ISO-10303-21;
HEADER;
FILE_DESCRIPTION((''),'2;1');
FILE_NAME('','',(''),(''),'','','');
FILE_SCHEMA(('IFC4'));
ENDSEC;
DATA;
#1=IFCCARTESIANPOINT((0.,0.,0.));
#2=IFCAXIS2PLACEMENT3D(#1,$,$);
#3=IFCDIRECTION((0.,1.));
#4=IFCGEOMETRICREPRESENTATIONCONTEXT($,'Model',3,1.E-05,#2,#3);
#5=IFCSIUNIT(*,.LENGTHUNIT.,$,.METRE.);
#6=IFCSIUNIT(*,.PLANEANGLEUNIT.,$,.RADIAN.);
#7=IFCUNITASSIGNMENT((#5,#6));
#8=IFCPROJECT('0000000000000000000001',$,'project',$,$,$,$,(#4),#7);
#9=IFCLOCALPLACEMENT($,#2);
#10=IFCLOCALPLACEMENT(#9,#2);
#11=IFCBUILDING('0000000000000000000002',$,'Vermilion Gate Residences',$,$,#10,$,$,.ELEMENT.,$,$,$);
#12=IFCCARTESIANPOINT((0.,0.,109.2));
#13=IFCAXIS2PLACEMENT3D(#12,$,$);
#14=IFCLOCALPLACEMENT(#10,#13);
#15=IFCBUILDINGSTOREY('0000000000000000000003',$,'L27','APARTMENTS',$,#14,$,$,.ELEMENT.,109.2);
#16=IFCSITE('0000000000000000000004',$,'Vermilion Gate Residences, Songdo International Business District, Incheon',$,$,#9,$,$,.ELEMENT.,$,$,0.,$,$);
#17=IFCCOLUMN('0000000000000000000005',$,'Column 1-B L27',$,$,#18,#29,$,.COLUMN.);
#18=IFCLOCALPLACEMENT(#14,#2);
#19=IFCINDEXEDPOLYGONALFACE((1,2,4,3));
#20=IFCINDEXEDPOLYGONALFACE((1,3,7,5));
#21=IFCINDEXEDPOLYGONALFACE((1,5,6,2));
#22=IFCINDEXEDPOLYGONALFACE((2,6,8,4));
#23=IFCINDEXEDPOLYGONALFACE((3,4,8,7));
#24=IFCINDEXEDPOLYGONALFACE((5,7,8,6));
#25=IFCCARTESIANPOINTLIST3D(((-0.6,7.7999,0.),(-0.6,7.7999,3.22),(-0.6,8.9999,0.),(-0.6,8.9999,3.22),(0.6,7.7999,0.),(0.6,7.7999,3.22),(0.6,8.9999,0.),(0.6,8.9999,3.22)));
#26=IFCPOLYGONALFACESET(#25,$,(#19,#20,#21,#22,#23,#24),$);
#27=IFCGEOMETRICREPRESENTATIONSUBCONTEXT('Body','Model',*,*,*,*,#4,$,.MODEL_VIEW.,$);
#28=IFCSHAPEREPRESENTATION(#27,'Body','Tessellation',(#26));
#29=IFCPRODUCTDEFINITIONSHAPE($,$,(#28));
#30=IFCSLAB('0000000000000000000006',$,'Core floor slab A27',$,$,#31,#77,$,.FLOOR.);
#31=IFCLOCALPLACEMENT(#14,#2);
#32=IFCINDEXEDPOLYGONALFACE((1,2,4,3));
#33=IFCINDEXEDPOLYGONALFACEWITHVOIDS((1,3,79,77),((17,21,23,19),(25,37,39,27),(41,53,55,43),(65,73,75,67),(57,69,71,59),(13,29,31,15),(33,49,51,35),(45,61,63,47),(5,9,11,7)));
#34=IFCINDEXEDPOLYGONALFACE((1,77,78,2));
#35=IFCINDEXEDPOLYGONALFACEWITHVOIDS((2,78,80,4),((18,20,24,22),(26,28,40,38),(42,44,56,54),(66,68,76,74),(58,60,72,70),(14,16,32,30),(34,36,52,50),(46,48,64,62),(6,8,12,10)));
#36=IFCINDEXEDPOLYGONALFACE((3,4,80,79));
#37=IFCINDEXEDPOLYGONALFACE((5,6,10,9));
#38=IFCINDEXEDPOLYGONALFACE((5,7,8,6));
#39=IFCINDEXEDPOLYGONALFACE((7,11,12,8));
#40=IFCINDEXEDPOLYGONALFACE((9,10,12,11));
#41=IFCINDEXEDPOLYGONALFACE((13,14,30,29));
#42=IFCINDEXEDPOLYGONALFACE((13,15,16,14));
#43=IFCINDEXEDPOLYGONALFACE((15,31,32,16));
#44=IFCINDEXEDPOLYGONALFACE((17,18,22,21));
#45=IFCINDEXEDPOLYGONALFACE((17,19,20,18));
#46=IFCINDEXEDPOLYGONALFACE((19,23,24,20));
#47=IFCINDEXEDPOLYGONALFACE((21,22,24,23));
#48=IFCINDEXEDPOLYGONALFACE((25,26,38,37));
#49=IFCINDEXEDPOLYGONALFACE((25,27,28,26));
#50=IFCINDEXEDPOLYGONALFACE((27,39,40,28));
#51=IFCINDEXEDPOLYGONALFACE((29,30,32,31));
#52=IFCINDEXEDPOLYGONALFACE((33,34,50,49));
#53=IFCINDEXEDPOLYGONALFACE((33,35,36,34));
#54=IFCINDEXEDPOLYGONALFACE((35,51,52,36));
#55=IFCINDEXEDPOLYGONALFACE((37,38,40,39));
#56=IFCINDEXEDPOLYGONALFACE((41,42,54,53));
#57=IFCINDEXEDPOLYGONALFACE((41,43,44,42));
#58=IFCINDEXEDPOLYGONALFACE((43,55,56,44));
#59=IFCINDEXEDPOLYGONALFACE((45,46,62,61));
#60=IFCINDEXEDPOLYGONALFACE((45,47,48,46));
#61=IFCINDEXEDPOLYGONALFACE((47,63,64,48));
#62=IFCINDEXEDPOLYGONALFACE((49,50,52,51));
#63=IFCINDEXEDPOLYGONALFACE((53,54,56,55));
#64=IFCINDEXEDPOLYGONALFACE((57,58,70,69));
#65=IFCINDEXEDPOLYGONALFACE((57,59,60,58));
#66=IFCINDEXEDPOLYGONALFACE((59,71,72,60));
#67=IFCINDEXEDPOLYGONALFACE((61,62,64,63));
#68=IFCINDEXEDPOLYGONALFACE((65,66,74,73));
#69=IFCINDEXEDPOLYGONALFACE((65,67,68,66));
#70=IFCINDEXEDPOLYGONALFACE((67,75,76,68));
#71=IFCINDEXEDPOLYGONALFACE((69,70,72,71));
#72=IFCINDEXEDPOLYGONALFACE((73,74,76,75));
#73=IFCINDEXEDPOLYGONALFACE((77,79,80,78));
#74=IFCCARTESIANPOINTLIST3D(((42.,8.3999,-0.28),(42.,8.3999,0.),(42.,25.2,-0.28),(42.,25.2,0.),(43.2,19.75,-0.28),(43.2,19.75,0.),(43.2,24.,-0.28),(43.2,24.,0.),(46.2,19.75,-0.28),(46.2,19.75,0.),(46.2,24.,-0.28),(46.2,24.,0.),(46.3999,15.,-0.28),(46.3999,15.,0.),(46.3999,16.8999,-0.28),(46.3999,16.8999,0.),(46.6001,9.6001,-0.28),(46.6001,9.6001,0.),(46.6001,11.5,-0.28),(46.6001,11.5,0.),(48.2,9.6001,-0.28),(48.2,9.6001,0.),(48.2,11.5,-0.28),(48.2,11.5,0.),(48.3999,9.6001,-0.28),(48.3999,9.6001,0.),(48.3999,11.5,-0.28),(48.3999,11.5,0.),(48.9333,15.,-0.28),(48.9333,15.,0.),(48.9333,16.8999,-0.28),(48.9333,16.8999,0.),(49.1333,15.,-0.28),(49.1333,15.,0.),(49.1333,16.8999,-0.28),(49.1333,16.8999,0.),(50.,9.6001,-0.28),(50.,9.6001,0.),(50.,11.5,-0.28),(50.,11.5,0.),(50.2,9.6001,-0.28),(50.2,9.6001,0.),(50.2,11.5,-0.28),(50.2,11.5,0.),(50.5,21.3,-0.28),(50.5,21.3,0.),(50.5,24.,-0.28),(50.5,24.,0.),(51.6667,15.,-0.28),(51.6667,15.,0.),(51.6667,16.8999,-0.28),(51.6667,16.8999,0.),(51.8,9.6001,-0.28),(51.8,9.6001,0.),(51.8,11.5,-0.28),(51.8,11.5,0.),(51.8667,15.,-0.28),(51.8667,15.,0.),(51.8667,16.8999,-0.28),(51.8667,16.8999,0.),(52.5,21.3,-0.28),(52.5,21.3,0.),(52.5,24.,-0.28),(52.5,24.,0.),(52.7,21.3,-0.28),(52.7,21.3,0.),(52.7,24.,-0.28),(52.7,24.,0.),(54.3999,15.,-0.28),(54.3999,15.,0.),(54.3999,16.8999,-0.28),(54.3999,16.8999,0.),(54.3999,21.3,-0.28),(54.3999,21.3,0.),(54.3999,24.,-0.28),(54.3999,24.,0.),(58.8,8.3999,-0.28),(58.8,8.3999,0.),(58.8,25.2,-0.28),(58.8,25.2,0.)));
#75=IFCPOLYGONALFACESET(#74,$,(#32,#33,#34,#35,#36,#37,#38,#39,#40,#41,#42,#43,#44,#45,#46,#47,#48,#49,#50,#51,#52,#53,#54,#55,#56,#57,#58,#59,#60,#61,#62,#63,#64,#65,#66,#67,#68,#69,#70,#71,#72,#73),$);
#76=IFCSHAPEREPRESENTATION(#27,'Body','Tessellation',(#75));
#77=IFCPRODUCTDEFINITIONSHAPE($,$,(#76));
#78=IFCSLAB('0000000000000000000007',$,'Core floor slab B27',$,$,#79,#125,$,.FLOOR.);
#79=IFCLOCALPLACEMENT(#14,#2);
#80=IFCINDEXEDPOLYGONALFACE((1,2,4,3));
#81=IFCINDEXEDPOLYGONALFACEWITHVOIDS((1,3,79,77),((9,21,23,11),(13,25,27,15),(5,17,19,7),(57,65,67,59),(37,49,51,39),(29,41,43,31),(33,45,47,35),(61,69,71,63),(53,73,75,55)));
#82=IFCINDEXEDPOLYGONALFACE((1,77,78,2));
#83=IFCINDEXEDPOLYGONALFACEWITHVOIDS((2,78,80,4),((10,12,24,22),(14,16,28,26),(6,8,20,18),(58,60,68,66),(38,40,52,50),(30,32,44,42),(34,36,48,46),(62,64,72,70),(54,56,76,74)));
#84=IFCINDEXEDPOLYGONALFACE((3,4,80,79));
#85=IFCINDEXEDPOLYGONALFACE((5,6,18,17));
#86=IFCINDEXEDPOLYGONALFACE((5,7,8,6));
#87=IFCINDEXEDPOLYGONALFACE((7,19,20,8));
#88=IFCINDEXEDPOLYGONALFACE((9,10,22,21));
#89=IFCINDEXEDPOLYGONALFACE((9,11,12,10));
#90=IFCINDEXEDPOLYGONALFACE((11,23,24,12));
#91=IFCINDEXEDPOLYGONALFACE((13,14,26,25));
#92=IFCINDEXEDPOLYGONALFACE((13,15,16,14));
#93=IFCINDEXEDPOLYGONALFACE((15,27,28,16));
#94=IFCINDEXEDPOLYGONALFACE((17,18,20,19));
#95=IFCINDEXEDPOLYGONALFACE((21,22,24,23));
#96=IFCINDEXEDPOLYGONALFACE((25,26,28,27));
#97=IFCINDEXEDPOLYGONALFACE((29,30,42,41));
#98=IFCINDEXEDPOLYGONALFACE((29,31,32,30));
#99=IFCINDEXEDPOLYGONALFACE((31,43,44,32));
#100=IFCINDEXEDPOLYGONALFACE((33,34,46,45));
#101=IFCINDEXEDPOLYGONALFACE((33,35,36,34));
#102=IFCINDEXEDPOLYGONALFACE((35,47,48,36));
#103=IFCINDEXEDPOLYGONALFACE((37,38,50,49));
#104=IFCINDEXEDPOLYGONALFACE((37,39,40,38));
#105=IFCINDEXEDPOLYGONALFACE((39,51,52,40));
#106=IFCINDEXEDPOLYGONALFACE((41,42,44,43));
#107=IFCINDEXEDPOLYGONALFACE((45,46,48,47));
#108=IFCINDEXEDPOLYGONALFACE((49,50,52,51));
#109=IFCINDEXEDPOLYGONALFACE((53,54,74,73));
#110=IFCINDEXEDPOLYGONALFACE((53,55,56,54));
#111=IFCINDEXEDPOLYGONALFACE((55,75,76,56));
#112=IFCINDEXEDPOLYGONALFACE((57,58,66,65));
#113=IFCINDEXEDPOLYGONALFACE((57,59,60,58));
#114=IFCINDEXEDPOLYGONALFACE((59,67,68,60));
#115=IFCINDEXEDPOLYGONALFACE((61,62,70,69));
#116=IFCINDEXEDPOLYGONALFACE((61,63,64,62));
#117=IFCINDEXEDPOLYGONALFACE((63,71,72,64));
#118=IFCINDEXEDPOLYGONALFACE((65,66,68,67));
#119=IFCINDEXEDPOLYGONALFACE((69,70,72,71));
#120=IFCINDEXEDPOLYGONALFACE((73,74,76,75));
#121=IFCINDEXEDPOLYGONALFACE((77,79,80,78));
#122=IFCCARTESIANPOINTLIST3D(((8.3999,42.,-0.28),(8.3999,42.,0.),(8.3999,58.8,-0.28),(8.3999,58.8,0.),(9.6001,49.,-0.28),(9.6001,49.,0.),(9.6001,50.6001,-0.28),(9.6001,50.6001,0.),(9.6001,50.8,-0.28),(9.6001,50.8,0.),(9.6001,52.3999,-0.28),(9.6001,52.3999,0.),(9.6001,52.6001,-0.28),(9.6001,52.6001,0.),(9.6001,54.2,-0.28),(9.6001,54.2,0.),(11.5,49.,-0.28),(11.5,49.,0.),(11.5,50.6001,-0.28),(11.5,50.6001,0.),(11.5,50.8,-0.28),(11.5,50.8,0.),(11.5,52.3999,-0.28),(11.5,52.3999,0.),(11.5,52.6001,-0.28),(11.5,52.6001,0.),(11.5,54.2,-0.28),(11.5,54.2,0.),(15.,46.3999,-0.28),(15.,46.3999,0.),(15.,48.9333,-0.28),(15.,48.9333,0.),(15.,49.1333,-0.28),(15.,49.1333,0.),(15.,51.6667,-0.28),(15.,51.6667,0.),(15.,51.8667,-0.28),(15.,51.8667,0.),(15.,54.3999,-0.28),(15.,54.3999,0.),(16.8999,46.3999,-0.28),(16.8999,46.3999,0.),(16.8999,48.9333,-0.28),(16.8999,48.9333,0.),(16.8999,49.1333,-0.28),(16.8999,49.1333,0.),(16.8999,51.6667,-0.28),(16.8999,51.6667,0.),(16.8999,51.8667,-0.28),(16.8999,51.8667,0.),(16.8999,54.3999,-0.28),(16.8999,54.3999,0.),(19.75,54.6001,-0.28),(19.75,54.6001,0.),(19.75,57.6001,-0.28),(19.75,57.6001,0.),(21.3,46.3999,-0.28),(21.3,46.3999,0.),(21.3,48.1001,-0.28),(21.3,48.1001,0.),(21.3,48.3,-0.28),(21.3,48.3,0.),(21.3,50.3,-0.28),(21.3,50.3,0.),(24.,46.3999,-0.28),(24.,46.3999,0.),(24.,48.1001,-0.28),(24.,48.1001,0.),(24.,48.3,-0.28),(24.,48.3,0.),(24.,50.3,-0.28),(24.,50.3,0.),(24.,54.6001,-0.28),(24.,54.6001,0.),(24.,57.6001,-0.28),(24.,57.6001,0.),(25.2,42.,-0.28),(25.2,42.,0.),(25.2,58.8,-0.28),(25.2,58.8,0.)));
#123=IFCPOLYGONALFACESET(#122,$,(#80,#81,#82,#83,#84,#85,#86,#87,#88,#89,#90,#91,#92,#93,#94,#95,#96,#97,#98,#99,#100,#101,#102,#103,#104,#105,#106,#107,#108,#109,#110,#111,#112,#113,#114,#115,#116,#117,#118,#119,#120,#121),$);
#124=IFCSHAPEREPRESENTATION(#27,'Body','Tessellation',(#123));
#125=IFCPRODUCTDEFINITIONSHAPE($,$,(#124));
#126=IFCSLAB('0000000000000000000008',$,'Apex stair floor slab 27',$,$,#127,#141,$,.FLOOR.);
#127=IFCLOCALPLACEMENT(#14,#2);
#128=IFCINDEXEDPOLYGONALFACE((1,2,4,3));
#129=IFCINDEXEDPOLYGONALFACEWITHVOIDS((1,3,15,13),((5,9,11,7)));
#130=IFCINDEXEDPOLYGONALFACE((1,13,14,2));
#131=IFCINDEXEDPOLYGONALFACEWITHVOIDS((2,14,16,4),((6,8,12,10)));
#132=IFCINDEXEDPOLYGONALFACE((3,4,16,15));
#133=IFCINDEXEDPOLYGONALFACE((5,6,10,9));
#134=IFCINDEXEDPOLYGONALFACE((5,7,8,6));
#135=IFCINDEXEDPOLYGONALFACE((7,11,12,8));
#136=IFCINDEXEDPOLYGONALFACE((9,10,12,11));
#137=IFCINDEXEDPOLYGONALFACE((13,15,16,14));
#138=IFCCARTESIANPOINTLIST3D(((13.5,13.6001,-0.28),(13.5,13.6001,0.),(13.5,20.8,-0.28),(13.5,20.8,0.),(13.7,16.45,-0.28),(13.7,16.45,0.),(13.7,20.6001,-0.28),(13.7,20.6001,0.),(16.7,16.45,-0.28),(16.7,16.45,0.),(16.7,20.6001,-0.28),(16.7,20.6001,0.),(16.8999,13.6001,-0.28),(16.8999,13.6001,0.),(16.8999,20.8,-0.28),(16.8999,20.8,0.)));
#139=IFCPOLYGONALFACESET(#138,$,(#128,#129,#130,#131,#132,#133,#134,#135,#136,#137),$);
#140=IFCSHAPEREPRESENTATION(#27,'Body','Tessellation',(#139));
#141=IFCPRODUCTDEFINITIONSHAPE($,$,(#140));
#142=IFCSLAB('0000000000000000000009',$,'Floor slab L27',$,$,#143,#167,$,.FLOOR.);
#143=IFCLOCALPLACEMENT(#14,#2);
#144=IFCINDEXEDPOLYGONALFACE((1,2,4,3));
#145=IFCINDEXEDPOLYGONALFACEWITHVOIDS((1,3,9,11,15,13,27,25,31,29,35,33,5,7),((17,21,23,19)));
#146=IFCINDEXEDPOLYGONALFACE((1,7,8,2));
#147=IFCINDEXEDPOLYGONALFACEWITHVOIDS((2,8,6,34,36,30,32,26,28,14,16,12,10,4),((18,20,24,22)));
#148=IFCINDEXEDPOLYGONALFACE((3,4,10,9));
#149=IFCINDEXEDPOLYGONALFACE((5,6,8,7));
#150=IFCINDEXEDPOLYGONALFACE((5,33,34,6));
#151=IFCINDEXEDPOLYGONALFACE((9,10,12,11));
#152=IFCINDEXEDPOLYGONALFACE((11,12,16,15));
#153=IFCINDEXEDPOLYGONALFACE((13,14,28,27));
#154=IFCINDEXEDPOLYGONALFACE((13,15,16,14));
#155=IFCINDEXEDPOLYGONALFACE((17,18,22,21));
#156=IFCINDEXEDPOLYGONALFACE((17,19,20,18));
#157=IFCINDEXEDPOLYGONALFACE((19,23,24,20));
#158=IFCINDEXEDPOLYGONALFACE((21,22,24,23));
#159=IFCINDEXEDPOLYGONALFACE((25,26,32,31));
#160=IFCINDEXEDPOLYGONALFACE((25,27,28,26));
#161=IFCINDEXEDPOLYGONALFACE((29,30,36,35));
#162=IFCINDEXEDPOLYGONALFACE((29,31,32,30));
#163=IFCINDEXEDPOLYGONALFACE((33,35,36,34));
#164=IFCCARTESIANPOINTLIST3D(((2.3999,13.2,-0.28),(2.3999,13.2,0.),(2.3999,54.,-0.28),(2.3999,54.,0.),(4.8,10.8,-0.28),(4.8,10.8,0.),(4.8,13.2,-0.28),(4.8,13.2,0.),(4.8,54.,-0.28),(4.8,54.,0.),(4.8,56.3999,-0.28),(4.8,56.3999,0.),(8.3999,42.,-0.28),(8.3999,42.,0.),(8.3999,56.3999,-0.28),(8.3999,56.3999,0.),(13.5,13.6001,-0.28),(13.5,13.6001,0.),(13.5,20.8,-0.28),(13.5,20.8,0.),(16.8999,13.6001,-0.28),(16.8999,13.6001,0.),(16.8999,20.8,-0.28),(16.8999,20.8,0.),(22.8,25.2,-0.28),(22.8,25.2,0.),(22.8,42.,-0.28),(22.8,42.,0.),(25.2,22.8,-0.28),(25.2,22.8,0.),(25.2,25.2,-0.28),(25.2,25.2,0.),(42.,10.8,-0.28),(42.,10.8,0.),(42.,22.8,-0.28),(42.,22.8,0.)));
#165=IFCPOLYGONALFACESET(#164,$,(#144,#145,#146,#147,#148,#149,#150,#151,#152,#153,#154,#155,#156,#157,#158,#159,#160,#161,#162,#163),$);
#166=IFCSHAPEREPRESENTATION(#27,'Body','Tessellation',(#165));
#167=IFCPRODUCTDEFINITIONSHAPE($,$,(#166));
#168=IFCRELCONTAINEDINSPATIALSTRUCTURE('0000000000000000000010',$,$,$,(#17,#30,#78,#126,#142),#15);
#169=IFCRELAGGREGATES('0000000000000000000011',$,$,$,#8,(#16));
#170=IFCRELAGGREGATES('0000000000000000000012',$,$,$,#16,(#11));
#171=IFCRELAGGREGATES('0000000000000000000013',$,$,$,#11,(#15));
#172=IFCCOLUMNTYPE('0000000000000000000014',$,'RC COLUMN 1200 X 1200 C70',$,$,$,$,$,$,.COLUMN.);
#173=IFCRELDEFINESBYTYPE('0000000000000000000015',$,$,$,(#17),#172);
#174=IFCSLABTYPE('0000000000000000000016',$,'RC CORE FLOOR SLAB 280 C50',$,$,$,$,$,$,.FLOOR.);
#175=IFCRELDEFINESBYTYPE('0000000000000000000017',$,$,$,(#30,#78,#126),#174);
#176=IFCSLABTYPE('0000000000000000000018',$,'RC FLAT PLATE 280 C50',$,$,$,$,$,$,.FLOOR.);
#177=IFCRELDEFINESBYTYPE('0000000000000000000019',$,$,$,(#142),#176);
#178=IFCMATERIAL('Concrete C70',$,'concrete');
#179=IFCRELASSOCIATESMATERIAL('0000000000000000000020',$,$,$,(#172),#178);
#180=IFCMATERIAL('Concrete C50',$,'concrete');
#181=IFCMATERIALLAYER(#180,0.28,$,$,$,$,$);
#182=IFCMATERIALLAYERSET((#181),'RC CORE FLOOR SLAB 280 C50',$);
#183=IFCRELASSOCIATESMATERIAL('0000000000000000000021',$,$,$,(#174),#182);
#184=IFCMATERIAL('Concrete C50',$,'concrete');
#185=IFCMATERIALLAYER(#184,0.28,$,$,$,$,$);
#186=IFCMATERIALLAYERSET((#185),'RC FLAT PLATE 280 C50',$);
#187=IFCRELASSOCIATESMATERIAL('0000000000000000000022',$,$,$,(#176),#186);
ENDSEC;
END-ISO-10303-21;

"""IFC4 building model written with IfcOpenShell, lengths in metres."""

from ifc_helpers import new_model, si_unit, direction, frame, origin, origin_2d, place, context, subcontext, project, spatial, polyline, rectangle, outline, extrude, material, layer, layer_set, material_profile, profile_set, type_object, element, save


model = new_model("IFC4")

# Units and contexts
model_context = context("Model", 3, precision=1e-05, world=origin(), true_north=direction((0.0, 1.0)))
body_context = subcontext(model_context, "Body", "Model", "MODEL_VIEW")
ifc_project = project(units=[si_unit("LENGTHUNIT", "METRE"), si_unit("PLANEANGLEUNIT", "RADIAN")], contexts=[model_context])

# Site, building, storey
site_placement = place(None, origin())
site = spatial("IfcSite", under=ifc_project, at=site_placement, Name="Vermilion Gate Residences, Songdo International Business District, Incheon", CompositionType="ELEMENT", RefElevation=0.0)
building_placement = place(site_placement, origin())
building = spatial("IfcBuilding", under=site, at=building_placement, Name="Vermilion Gate Residences", CompositionType="ELEMENT")
storey_placement = place(building_placement, frame((0.0, 0.0, 109.2)))
storey = spatial("IfcBuildingStorey", under=building, at=storey_placement, Name="L27", Description="APARTMENTS", CompositionType="ELEMENT", Elevation=109.2)

# Column
ifc_material_1 = material(Name="Concrete C70", Category="concrete")
ifc_material_profile_1 = material_profile(ifc_material_1, rectangle(XDim=1.2, YDim=1.2, at=origin_2d()), Name="RC-1200x1200")
ifc_profile_set_1 = profile_set([ifc_material_profile_1], Name="Concrete C70")
column_type = type_object("IfcColumnType", Name="RC COLUMN 1200 X 1200 C70", PredefinedType="COLUMN", material=ifc_profile_set_1)
column_placement = place(storey_placement, frame((0.0, 8.3999, 0.0), z_axis=(0.0, 0.0, 1.0), x_axis=(1.0, 0.0, 0.0)))
element("IfcColumn", 1, at=column_placement, inside=storey, type_object=column_type, Name="Column 1-B L27", PredefinedType="COLUMN", context=body_context, shape_type="SweptSolid", body=[
    extrude(rectangle(XDim=1.2, YDim=1.2, at=origin_2d()), origin(), (0.0, 0.0, 1.0), 3.22),
])

# Slabs
ifc_material_2 = material(Name="Concrete C50", Category="concrete")
ifc_layer_1 = layer(ifc_material_2, 0.28)
ifc_layer_set_1 = layer_set([ifc_layer_1], Name="RC CORE FLOOR SLAB 280 C50")
slab_type_1 = type_object("IfcSlabType", Name="RC CORE FLOOR SLAB 280 C50", PredefinedType="FLOOR", material=ifc_layer_set_1)
slab_1_placement = place(storey_placement, frame((0.0, 0.0, -0.28)))
element("IfcSlab", 2, at=slab_1_placement, inside=storey, type_object=slab_type_1, Name="Core floor slab A27", PredefinedType="FLOOR", context=body_context, shape_type="SweptSolid", body=[
    extrude(outline(polyline([(42.0, 8.3999), (58.8, 8.3999), (58.8, 25.2), (42.0, 25.2), (42.0, 8.3999)]), holes=[polyline([(46.6001, 11.5), (48.2, 11.5), (48.2, 9.6001), (46.6001, 9.6001), (46.6001, 11.5)]), polyline([(48.3999, 11.5), (50.0, 11.5), (50.0, 9.6001), (48.3999, 9.6001), (48.3999, 11.5)]), polyline([(50.2, 11.5), (51.8, 11.5), (51.8, 9.6001), (50.2, 9.6001), (50.2, 11.5)]), polyline([(46.3999, 16.8999), (48.9333, 16.8999), (48.9333, 15.0), (46.3999, 15.0), (46.3999, 16.8999)]), polyline([(49.1333, 16.8999), (51.6667, 16.8999), (51.6667, 15.0), (49.1333, 15.0), (49.1333, 16.8999)]), polyline([(51.8667, 16.8999), (54.3999, 16.8999), (54.3999, 15.0), (51.8667, 15.0), (51.8667, 16.8999)]), polyline([(43.2, 24.0), (46.2, 24.0), (46.2, 19.75), (43.2, 19.75), (43.2, 24.0)]), polyline([(52.5, 24.0), (52.5, 21.3), (50.5, 21.3), (50.5, 24.0), (52.5, 24.0)]), polyline([(54.3999, 24.0), (54.3999, 21.3), (52.7, 21.3), (52.7, 24.0), (54.3999, 24.0)])]), origin(), (0.0, 0.0, 1.0), 0.28),
])
slab_2_placement = place(storey_placement, frame((0.0, 0.0, -0.28)))
element("IfcSlab", 3, at=slab_2_placement, inside=storey, type_object=slab_type_1, Name="Core floor slab B27", PredefinedType="FLOOR", context=body_context, shape_type="SweptSolid", body=[
    extrude(outline(polyline([(8.3999, 42.0), (25.2, 42.0), (25.2, 58.8), (8.3999, 58.8), (8.3999, 42.0)]), holes=[polyline([(21.3, 48.1001), (24.0, 48.1001), (24.0, 46.3999), (21.3, 46.3999), (21.3, 48.1001)]), polyline([(15.0, 48.9333), (16.8999, 48.9333), (16.8999, 46.3999), (15.0, 46.3999), (15.0, 48.9333)]), polyline([(21.3, 50.3), (24.0, 50.3), (24.0, 48.3), (21.3, 48.3), (21.3, 50.3)]), polyline([(9.6001, 50.6001), (11.5, 50.6001), (11.5, 49.0), (9.6001, 49.0), (9.6001, 50.6001)]), polyline([(15.0, 51.6667), (16.8999, 51.6667), (16.8999, 49.1333), (15.0, 49.1333), (15.0, 51.6667)]), polyline([(9.6001, 52.3999), (11.5, 52.3999), (11.5, 50.8), (9.6001, 50.8), (9.6001, 52.3999)]), polyline([(15.0, 54.3999), (16.8999, 54.3999), (16.8999, 51.8667), (15.0, 51.8667), (15.0, 54.3999)]), polyline([(11.5, 54.2), (11.5, 52.6001), (9.6001, 52.6001), (9.6001, 54.2), (11.5, 54.2)]), polyline([(24.0, 57.6001), (24.0, 54.6001), (19.75, 54.6001), (19.75, 57.6001), (24.0, 57.6001)])]), origin(), (0.0, 0.0, 1.0), 0.28),
])
slab_3_placement = place(storey_placement, frame((0.0, 0.0, -0.28)))
element("IfcSlab", 4, at=slab_3_placement, inside=storey, type_object=slab_type_1, Name="Apex stair floor slab 27", PredefinedType="FLOOR", context=body_context, shape_type="SweptSolid", body=[
    extrude(outline(polyline([(13.5, 13.6001), (16.8999, 13.6001), (16.8999, 20.8), (13.5, 20.8), (13.5, 13.6001)]), holes=[polyline([(16.7, 20.6001), (16.7, 16.45), (13.7, 16.45), (13.7, 20.6001), (16.7, 20.6001)])]), origin(), (0.0, 0.0, 1.0), 0.28),
])
ifc_material_3 = material(Name="Concrete C50", Category="concrete")
ifc_layer_2 = layer(ifc_material_3, 0.28)
ifc_layer_set_2 = layer_set([ifc_layer_2], Name="RC FLAT PLATE 280 C50")
slab_type_2 = type_object("IfcSlabType", Name="RC FLAT PLATE 280 C50", PredefinedType="FLOOR", material=ifc_layer_set_2)
slab_4_placement = place(storey_placement, frame((0.0, 0.0, -0.28)))
element("IfcSlab", 5, at=slab_4_placement, inside=storey, type_object=slab_type_2, Name="Floor slab L27", PredefinedType="FLOOR", context=body_context, shape_type="SweptSolid", body=[
    extrude(outline(polyline([(22.8, 25.2), (22.8, 42.0), (8.3999, 42.0), (8.3999, 56.3999), (4.8, 56.3999), (4.8, 54.0), (2.3999, 54.0), (2.3999, 13.2), (4.8, 13.2), (4.8, 10.8), (42.0, 10.8), (42.0, 22.8), (25.2, 22.8), (25.2, 25.2), (22.8, 25.2)]), holes=[polyline([(13.5, 13.6001), (13.5, 20.8), (16.8999, 20.8), (16.8999, 13.6001), (13.5, 13.6001)])]), origin(), (0.0, 0.0, 1.0), 0.28),
])

save(model, "model.ifc")
